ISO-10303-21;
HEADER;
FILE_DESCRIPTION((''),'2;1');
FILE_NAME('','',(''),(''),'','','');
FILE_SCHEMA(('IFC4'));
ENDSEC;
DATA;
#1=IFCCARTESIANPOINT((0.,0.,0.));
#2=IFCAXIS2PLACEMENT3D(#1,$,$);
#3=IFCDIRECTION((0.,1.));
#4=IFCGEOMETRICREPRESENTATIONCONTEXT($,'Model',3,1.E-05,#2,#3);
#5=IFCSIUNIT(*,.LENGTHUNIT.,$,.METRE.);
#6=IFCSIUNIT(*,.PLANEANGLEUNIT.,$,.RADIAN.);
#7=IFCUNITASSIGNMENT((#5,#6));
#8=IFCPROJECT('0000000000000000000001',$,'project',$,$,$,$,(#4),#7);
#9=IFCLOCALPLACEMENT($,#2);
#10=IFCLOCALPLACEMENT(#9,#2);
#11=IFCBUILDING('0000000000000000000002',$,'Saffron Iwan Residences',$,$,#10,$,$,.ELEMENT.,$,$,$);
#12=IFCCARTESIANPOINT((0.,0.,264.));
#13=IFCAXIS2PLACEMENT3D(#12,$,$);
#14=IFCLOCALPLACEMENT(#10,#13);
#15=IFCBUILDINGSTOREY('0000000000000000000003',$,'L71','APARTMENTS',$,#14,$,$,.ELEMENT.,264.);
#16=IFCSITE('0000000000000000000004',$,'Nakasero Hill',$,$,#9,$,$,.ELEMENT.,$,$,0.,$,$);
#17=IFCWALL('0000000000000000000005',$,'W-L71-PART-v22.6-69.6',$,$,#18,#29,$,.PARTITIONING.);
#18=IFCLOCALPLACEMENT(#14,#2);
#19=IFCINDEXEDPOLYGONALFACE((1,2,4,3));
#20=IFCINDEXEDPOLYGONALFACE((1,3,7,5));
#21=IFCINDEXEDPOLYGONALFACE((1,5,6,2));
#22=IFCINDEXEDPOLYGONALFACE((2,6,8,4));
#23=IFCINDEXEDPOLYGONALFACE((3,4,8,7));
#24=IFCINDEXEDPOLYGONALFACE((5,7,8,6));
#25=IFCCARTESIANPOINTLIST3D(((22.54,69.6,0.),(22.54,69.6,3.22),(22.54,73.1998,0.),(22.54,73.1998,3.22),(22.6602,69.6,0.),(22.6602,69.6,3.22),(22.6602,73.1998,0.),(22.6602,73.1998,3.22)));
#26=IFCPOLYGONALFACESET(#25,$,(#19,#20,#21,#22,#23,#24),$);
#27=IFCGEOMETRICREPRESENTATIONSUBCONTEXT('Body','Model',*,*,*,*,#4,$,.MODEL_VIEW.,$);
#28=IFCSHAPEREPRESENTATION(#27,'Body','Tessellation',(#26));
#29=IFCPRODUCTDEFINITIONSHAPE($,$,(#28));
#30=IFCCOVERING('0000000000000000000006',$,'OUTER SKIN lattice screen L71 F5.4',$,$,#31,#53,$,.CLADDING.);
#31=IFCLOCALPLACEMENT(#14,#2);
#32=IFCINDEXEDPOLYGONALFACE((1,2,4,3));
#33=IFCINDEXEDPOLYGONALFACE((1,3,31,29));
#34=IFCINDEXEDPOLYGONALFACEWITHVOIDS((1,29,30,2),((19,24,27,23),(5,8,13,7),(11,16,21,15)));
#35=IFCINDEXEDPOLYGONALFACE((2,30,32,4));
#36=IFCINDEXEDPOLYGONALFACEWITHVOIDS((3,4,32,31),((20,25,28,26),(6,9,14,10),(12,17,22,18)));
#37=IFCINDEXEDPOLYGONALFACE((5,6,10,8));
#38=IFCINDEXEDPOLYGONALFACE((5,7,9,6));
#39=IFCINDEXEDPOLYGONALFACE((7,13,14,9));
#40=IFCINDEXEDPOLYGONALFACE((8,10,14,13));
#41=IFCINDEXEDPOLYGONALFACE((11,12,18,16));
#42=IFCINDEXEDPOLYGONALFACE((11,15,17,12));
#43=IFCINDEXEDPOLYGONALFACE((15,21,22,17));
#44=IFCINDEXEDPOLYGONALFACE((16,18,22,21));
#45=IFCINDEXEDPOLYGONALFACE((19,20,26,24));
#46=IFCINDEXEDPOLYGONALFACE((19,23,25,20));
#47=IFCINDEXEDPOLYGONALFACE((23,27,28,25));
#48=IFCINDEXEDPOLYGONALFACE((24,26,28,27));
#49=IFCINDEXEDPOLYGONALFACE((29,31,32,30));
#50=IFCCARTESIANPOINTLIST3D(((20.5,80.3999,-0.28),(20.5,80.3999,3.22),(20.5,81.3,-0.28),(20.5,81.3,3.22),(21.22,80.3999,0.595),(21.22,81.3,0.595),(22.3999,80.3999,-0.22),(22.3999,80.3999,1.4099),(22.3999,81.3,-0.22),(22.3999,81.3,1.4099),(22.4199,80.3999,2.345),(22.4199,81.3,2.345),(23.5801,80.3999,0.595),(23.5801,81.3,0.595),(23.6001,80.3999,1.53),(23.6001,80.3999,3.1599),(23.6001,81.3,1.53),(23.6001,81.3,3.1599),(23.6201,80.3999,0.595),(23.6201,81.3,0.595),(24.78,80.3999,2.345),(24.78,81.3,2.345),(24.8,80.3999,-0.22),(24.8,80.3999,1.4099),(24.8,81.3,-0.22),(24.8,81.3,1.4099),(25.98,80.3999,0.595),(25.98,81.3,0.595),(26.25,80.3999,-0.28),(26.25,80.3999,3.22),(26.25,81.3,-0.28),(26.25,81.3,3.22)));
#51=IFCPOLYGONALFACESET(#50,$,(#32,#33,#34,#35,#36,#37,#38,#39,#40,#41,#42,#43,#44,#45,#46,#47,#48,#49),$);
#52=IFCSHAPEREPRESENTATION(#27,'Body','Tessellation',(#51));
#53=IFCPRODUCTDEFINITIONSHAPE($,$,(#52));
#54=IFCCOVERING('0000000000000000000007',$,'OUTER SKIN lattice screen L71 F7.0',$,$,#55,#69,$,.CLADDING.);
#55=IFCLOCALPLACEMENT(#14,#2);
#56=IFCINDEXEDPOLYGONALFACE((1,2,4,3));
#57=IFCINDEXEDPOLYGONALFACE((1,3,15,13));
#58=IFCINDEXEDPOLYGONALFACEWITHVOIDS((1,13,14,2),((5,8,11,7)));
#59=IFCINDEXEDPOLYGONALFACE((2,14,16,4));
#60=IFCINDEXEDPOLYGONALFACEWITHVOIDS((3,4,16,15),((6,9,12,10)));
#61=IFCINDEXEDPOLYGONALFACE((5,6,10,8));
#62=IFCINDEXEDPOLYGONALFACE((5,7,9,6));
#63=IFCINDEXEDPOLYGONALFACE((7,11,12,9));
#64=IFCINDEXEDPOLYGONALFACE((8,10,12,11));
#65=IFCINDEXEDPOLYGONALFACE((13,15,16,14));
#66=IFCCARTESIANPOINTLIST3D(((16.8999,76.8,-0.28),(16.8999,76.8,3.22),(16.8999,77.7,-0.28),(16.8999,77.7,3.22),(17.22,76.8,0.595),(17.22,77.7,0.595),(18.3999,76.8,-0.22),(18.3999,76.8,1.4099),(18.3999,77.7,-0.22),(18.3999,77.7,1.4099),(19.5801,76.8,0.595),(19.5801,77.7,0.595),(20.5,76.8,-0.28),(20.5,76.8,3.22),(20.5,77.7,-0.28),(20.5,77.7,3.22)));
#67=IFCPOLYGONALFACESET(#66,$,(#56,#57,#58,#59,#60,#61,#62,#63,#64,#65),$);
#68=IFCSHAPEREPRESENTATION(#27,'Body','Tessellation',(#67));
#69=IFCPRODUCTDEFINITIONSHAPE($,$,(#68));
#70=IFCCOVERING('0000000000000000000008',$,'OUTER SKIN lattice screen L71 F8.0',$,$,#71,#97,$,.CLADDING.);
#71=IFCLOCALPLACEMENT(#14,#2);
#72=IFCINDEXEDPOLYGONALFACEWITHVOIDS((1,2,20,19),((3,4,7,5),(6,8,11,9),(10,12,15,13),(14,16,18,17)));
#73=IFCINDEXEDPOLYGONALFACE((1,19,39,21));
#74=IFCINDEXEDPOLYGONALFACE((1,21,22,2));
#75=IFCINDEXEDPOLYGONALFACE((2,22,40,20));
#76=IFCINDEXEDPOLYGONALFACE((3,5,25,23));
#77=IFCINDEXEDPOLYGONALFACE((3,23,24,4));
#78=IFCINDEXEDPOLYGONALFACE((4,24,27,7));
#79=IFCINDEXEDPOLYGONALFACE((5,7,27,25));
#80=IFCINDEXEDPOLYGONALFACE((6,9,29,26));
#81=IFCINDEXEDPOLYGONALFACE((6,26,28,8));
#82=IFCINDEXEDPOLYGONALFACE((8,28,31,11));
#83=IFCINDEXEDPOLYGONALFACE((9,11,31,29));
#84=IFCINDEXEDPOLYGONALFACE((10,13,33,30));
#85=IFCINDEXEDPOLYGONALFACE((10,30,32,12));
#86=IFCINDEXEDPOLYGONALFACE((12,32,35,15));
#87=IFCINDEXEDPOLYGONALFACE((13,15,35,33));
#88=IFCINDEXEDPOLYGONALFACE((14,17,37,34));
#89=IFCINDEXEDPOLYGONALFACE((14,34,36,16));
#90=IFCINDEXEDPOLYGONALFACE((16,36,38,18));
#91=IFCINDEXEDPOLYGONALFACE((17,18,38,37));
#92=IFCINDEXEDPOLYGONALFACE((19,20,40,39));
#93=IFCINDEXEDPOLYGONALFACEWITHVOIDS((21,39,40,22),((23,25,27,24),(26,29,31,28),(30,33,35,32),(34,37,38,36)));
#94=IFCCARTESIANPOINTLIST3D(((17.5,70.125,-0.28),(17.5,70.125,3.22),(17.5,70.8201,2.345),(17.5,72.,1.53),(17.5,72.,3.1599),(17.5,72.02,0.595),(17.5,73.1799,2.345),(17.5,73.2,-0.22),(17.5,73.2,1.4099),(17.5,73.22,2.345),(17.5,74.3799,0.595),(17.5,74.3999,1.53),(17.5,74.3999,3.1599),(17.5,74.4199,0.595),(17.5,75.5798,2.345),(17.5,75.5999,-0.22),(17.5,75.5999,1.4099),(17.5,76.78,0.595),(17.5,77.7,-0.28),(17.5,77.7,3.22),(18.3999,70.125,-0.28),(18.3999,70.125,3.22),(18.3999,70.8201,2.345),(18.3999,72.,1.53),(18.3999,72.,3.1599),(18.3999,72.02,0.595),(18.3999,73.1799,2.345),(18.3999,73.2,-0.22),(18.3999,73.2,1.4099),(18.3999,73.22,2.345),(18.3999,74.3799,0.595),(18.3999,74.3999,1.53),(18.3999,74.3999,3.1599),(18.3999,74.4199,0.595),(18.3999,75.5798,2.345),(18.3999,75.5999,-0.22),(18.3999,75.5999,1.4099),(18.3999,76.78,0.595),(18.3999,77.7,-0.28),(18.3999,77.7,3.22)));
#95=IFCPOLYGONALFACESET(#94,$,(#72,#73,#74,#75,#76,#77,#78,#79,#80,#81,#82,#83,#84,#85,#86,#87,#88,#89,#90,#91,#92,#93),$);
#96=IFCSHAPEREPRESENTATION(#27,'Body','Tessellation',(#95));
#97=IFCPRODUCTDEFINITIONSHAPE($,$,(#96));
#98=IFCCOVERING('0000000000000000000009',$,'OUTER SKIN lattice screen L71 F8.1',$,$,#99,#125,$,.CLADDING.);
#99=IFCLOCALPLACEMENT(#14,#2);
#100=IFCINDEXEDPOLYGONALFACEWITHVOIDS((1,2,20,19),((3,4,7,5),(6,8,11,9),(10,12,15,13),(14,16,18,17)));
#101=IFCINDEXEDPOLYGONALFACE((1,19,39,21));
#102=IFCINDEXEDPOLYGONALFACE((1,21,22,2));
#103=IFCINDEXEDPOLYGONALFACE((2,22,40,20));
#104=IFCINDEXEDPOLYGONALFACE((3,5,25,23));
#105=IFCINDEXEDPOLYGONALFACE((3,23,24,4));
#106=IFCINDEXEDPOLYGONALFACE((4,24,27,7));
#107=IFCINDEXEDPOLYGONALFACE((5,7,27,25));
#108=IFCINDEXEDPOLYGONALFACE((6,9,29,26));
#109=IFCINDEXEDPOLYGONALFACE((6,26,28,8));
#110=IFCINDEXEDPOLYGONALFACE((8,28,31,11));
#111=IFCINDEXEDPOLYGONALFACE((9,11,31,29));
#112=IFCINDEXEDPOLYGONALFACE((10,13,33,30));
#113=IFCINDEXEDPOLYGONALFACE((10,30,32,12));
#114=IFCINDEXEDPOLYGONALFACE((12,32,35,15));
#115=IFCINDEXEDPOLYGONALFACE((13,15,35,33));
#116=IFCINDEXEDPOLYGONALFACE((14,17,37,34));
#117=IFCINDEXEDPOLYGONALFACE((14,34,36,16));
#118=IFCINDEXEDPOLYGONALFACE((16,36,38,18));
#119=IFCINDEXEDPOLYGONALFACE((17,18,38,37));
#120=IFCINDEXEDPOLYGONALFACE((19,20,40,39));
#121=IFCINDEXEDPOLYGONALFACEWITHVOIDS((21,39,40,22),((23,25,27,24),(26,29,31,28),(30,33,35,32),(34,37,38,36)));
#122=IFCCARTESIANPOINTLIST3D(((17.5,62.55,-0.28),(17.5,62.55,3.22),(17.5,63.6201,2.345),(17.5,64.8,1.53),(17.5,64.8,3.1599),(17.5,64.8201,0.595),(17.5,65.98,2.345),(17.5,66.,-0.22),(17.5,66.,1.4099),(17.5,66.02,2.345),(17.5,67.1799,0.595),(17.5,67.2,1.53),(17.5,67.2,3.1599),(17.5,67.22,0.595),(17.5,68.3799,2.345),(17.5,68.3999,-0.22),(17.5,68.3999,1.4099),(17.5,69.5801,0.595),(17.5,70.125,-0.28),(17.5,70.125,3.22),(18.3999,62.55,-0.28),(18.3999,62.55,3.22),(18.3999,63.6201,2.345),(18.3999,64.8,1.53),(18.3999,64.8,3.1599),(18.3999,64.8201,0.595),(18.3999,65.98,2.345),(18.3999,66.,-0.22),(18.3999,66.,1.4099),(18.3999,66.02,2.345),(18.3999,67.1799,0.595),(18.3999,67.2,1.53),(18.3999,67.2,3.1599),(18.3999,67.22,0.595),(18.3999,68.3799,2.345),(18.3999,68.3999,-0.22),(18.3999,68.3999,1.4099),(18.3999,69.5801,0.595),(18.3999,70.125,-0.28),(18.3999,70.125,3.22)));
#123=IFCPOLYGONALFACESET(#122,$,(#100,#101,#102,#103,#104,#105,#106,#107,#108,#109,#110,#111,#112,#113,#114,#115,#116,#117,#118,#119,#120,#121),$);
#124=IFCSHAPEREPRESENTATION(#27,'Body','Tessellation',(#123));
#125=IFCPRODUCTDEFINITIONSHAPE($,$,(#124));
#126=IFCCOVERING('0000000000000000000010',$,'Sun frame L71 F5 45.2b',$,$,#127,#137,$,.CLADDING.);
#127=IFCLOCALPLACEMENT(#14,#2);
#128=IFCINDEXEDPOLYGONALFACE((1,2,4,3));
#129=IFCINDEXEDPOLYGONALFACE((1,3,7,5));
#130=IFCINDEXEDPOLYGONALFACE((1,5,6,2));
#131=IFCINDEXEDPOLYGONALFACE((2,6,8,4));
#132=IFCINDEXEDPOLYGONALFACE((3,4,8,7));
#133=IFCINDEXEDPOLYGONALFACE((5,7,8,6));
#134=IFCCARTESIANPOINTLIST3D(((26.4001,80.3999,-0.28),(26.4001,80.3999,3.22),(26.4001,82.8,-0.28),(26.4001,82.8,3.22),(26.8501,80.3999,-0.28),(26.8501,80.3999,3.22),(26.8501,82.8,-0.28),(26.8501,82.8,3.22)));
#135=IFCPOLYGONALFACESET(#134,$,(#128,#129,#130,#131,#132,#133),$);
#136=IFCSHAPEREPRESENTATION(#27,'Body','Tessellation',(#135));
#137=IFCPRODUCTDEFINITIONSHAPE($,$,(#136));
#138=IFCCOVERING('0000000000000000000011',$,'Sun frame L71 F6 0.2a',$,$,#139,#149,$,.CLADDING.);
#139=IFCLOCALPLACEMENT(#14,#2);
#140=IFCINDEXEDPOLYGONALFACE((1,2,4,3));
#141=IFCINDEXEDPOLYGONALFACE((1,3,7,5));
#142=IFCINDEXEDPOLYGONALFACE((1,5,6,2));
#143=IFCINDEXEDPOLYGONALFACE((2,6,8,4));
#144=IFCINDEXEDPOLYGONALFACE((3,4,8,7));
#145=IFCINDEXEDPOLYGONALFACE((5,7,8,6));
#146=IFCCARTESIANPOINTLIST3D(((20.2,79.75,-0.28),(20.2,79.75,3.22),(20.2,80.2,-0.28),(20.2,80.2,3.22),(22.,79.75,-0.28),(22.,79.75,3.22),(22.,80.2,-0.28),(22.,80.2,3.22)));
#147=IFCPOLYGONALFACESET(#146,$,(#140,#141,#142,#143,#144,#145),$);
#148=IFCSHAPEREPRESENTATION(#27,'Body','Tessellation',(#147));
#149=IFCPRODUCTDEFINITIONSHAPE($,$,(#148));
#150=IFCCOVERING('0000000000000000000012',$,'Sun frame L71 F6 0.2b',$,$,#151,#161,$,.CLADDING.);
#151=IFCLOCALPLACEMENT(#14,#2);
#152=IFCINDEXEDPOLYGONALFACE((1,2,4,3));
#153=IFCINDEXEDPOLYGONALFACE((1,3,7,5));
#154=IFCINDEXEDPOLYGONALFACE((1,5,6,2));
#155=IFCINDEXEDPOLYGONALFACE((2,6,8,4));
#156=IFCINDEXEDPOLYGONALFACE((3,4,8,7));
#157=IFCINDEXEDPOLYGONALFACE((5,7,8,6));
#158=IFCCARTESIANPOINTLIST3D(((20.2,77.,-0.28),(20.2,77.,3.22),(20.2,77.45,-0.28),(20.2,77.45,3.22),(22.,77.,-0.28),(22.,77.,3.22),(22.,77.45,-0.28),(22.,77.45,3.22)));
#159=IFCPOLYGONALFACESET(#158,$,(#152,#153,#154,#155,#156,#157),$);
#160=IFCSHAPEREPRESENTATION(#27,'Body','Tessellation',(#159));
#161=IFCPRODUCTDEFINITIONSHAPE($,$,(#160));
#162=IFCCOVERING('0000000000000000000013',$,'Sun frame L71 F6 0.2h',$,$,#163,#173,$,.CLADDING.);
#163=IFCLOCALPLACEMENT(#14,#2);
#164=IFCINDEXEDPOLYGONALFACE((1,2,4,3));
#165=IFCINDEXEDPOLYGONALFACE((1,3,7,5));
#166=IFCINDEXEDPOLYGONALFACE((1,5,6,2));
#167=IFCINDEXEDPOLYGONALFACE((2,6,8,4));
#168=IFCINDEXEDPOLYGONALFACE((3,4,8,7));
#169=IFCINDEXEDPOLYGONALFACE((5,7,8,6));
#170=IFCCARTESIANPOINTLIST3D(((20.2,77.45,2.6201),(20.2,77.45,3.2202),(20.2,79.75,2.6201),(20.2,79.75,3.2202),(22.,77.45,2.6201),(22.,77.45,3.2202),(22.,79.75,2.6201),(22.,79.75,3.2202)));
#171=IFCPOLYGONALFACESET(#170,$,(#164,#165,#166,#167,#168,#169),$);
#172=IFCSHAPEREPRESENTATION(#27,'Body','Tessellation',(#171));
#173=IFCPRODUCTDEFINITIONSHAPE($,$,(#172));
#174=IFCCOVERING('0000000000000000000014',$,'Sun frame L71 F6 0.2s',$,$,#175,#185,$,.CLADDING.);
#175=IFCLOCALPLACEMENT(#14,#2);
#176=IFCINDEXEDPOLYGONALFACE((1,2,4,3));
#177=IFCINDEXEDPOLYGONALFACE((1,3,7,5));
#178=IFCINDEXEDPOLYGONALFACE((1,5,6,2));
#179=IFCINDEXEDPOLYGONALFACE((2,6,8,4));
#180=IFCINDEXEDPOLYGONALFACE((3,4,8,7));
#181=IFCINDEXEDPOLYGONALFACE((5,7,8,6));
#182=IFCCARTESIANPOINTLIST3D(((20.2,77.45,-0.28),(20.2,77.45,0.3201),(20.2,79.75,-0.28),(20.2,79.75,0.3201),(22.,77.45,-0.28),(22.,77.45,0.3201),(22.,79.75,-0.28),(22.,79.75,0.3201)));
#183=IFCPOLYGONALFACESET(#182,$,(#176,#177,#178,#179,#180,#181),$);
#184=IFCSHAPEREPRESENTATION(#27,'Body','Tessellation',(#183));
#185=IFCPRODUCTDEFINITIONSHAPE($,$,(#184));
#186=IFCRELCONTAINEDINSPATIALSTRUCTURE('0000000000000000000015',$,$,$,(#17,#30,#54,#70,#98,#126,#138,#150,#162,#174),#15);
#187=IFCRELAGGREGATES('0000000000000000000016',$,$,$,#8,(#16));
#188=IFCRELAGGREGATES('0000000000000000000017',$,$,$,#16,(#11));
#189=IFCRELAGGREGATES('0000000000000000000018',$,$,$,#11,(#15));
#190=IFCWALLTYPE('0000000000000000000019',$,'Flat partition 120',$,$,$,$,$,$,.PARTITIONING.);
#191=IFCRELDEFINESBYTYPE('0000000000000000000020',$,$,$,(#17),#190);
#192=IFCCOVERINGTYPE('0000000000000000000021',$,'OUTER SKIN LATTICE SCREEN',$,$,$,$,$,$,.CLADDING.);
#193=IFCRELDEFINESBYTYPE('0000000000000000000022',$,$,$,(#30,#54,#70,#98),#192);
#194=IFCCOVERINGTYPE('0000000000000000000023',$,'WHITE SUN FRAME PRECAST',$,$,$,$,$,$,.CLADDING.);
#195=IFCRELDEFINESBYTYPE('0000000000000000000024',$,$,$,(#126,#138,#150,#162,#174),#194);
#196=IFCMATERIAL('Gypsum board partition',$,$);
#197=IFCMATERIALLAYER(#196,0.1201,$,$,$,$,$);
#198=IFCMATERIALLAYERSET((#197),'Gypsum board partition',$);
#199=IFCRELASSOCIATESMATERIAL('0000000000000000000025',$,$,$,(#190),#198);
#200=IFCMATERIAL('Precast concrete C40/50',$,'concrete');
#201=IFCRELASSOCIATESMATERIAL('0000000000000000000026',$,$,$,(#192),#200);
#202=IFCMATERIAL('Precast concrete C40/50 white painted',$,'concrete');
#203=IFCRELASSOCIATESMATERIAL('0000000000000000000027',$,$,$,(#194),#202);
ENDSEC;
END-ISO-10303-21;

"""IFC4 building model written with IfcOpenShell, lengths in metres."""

from ifc_helpers import new_model, si_unit, direction, frame, frame_2d, origin, place, context, subcontext, project, spatial, polyline, rectangle, outline, extrude, material, layer, layer_set, type_object, element, save


model = new_model("IFC4")

# Units and contexts
model_context = context("Model", 3, precision=1e-05, world=origin(), true_north=direction((0.0, 1.0)))
body_context = subcontext(model_context, "Body", "Model", "MODEL_VIEW")
ifc_project = project(units=[si_unit("LENGTHUNIT", "METRE"), si_unit("PLANEANGLEUNIT", "RADIAN")], contexts=[model_context])

# Site, building, storey
site_placement = place(None, origin())
site = spatial("IfcSite", under=ifc_project, at=site_placement, Name="Nakasero Hill", CompositionType="ELEMENT", RefElevation=0.0)
building_placement = place(site_placement, origin())
building = spatial("IfcBuilding", under=site, at=building_placement, Name="Saffron Iwan Residences", CompositionType="ELEMENT")
storey_placement = place(building_placement, frame((0.0, 0.0, 264.0)))
storey = spatial("IfcBuildingStorey", under=building, at=storey_placement, Name="L71", Description="APARTMENTS", CompositionType="ELEMENT", Elevation=264.0)

# Shared definitions
ifc_material_1 = material(Name="Gypsum board partition")
ifc_layer_1 = layer(ifc_material_1, 0.1201)
ifc_layer_set_1 = layer_set([ifc_layer_1], Name="Gypsum board partition")
wall_type_1 = type_object("IfcWallType", Name="Flat partition 120", PredefinedType="PARTITIONING", material=ifc_layer_set_1)

# Wall
wall_1_placement = place(storey_placement, frame((22.6001, 69.6001, 0.0), z_axis=(0.0, 0.0, 1.0), x_axis=(0.0, 1.0, 0.0)))
element("IfcWall", 1, at=wall_1_placement, inside=storey, type_object=wall_type_1, Name="W-L71-PART-v22.6-69.6", PredefinedType="PARTITIONING", context=body_context, shape_type="SweptSolid", body=[
    extrude(rectangle(XDim=3.5999, YDim=0.1201, at=frame_2d((1.7998, 0.0))), origin(), (0.0, 0.0, 1.0), 3.22),
])

# Coverings
ifc_material_2 = material(Name="Precast concrete C40/50", Category="concrete")
covering_type_1 = type_object("IfcCoveringType", Name="OUTER SKIN LATTICE SCREEN", PredefinedType="CLADDING", material=ifc_material_2)
covering_1_placement = place(storey_placement, frame((26.25, 80.3999, -0.28), z_axis=(0.0, 1.0, 0.0), x_axis=(-1.0, 0.0, 0.0)))
element("IfcCovering", 2, at=covering_1_placement, inside=storey, type_object=covering_type_1, Name="OUTER SKIN lattice screen L71 F5.4", PredefinedType="CLADDING", context=body_context, shape_type="SweptSolid", body=[
    extrude(outline(polyline([(0.0, 0.0), (5.75, 0.0), (5.75, 3.5), (0.0, 3.5), (0.0, 0.0)]), holes=[polyline([(0.27, 0.875), (1.45, 0.0601), (2.6299, 0.875), (1.45, 1.6899), (0.27, 0.875)]), polyline([(2.6699, 0.875), (3.8501, 0.0601), (5.03, 0.875), (3.8501, 1.6899), (2.6699, 0.875)]), polyline([(1.47, 2.625), (2.6499, 1.8101), (3.8301, 2.625), (2.6499, 3.4399), (1.47, 2.625)])]), origin(), (0.0, 0.0, 1.0), 0.9001),
])
covering_2_placement = place(storey_placement, frame((20.5, 76.8, -0.28), z_axis=(0.0, 1.0, 0.0), x_axis=(-1.0, 0.0, 0.0)))
element("IfcCovering", 3, at=covering_2_placement, inside=storey, type_object=covering_type_1, Name="OUTER SKIN lattice screen L71 F7.0", PredefinedType="CLADDING", context=body_context, shape_type="SweptSolid", body=[
    extrude(outline(polyline([(0.0, 0.0), (3.6001, 0.0), (3.6001, 3.5), (0.0, 3.5), (0.0, 0.0)]), holes=[polyline([(0.9199, 0.875), (2.1001, 0.0601), (3.28, 0.875), (2.1001, 1.6899), (0.9199, 0.875)])]), origin(), (0.0, 0.0, 1.0), 0.8999),
])
covering_3_placement = place(storey_placement, frame((18.3999, 77.7, -0.28), z_axis=(-1.0, 0.0, 0.0), x_axis=(0.0, -1.0, 0.0)))
element("IfcCovering", 4, at=covering_3_placement, inside=storey, type_object=covering_type_1, Name="OUTER SKIN lattice screen L71 F8.0", PredefinedType="CLADDING", context=body_context, shape_type="SweptSolid", body=[
    extrude(outline(polyline([(0.0, 0.0), (7.575, 0.0), (7.575, 3.5), (0.0, 3.5), (0.0, 0.0)]), holes=[polyline([(0.9199, 0.875), (2.1001, 0.0601), (3.28, 0.875), (2.1001, 1.6899), (0.9199, 0.875)]), polyline([(3.3201, 0.875), (4.5, 0.0601), (5.6799, 0.875), (4.5, 1.6899), (3.3201, 0.875)]), polyline([(2.1201, 2.625), (3.3, 1.8101), (4.48, 2.625), (3.3, 3.4399), (2.1201, 2.625)]), polyline([(4.52, 2.625), (5.7, 1.8101), (6.8799, 2.625), (5.7, 3.4399), (4.52, 2.625)])]), origin(), (0.0, 0.0, 1.0), 0.8999),
])
covering_4_placement = place(storey_placement, frame((18.3999, 70.125, -0.28), z_axis=(-1.0, 0.0, 0.0), x_axis=(0.0, -1.0, 0.0)))
element("IfcCovering", 5, at=covering_4_placement, inside=storey, type_object=covering_type_1, Name="OUTER SKIN lattice screen L71 F8.1", PredefinedType="CLADDING", context=body_context, shape_type="SweptSolid", body=[
    extrude(outline(polyline([(0.0, 0.0), (7.575, 0.0), (7.575, 3.5), (0.0, 3.5), (0.0, 0.0)]), holes=[polyline([(0.5449, 0.875), (1.7251, 0.0601), (2.905, 0.875), (1.7251, 1.6899), (0.5449, 0.875)]), polyline([(2.9451, 0.875), (4.125, 0.0601), (5.3049, 0.875), (4.125, 1.6899), (2.9451, 0.875)]), polyline([(1.7451, 2.625), (2.925, 1.8101), (4.105, 2.625), (2.925, 3.4399), (1.7451, 2.625)]), polyline([(4.145, 2.625), (5.325, 1.8101), (6.5049, 2.625), (5.325, 3.4399), (4.145, 2.625)])]), origin(), (0.0, 0.0, 1.0), 0.8999),
])
ifc_material_3 = material(Name="Precast concrete C40/50 white painted", Category="concrete")
covering_type_2 = type_object("IfcCoveringType", Name="WHITE SUN FRAME PRECAST", PredefinedType="CLADDING", material=ifc_material_3)
covering_5_placement = place(storey_placement, frame((26.8501, 80.3999, -0.28), z_axis=(0.0, 1.0, 0.0), x_axis=(-1.0, 0.0, 0.0)))
element("IfcCovering", 6, at=covering_5_placement, inside=storey, type_object=covering_type_2, Name="Sun frame L71 F5 45.2b", PredefinedType="CLADDING", context=body_context, shape_type="SweptSolid", body=[
    extrude(outline(polyline([(0.0, 0.0), (0.45, 0.0), (0.45, 3.5), (0.0, 3.5), (0.0, 0.0)])), origin(), (0.0, 0.0, 1.0), 2.4001),
])
for number, where, z_axis, x_axis, name in (
    (7, (22.0, 80.2, -0.28), (-1.0, 0.0, 0.0), (0.0, -1.0, 0.0), "Sun frame L71 F6 0.2a"),
    (8, (22.0, 77.45, -0.28), (-1.0, 0.0, 0.0), (0.0, -1.0, 0.0), "Sun frame L71 F6 0.2b"),
):
    element("IfcCovering", number, at=place(storey_placement, frame(where, z_axis=z_axis, x_axis=x_axis)), inside=storey, type_object=covering_type_2, Name=name, PredefinedType="CLADDING", context=body_context, shape_type="SweptSolid", body=[
        extrude(outline(polyline([(0.0, 0.0), (0.45, 0.0), (0.45, 3.5), (0.0, 3.5), (0.0, 0.0)])), origin(), (0.0, 0.0, 1.0), 1.8),
    ])
for number, where, z_axis, x_axis, name in (
    (9, (22.0, 79.75, 2.6201), (-1.0, 0.0, 0.0), (0.0, -1.0, 0.0), "Sun frame L71 F6 0.2h"),
    (10, (22.0, 79.75, -0.28), (-1.0, 0.0, 0.0), (0.0, -1.0, 0.0), "Sun frame L71 F6 0.2s"),
):
    element("IfcCovering", number, at=place(storey_placement, frame(where, z_axis=z_axis, x_axis=x_axis)), inside=storey, type_object=covering_type_2, Name=name, PredefinedType="CLADDING", context=body_context, shape_type="SweptSolid", body=[
        extrude(outline(polyline([(0.0, 0.0), (2.3, 0.0), (2.3, 0.6001), (0.0, 0.6001), (0.0, 0.0)])), origin(), (0.0, 0.0, 1.0), 1.8),
    ])

save(model, "model.ifc")
